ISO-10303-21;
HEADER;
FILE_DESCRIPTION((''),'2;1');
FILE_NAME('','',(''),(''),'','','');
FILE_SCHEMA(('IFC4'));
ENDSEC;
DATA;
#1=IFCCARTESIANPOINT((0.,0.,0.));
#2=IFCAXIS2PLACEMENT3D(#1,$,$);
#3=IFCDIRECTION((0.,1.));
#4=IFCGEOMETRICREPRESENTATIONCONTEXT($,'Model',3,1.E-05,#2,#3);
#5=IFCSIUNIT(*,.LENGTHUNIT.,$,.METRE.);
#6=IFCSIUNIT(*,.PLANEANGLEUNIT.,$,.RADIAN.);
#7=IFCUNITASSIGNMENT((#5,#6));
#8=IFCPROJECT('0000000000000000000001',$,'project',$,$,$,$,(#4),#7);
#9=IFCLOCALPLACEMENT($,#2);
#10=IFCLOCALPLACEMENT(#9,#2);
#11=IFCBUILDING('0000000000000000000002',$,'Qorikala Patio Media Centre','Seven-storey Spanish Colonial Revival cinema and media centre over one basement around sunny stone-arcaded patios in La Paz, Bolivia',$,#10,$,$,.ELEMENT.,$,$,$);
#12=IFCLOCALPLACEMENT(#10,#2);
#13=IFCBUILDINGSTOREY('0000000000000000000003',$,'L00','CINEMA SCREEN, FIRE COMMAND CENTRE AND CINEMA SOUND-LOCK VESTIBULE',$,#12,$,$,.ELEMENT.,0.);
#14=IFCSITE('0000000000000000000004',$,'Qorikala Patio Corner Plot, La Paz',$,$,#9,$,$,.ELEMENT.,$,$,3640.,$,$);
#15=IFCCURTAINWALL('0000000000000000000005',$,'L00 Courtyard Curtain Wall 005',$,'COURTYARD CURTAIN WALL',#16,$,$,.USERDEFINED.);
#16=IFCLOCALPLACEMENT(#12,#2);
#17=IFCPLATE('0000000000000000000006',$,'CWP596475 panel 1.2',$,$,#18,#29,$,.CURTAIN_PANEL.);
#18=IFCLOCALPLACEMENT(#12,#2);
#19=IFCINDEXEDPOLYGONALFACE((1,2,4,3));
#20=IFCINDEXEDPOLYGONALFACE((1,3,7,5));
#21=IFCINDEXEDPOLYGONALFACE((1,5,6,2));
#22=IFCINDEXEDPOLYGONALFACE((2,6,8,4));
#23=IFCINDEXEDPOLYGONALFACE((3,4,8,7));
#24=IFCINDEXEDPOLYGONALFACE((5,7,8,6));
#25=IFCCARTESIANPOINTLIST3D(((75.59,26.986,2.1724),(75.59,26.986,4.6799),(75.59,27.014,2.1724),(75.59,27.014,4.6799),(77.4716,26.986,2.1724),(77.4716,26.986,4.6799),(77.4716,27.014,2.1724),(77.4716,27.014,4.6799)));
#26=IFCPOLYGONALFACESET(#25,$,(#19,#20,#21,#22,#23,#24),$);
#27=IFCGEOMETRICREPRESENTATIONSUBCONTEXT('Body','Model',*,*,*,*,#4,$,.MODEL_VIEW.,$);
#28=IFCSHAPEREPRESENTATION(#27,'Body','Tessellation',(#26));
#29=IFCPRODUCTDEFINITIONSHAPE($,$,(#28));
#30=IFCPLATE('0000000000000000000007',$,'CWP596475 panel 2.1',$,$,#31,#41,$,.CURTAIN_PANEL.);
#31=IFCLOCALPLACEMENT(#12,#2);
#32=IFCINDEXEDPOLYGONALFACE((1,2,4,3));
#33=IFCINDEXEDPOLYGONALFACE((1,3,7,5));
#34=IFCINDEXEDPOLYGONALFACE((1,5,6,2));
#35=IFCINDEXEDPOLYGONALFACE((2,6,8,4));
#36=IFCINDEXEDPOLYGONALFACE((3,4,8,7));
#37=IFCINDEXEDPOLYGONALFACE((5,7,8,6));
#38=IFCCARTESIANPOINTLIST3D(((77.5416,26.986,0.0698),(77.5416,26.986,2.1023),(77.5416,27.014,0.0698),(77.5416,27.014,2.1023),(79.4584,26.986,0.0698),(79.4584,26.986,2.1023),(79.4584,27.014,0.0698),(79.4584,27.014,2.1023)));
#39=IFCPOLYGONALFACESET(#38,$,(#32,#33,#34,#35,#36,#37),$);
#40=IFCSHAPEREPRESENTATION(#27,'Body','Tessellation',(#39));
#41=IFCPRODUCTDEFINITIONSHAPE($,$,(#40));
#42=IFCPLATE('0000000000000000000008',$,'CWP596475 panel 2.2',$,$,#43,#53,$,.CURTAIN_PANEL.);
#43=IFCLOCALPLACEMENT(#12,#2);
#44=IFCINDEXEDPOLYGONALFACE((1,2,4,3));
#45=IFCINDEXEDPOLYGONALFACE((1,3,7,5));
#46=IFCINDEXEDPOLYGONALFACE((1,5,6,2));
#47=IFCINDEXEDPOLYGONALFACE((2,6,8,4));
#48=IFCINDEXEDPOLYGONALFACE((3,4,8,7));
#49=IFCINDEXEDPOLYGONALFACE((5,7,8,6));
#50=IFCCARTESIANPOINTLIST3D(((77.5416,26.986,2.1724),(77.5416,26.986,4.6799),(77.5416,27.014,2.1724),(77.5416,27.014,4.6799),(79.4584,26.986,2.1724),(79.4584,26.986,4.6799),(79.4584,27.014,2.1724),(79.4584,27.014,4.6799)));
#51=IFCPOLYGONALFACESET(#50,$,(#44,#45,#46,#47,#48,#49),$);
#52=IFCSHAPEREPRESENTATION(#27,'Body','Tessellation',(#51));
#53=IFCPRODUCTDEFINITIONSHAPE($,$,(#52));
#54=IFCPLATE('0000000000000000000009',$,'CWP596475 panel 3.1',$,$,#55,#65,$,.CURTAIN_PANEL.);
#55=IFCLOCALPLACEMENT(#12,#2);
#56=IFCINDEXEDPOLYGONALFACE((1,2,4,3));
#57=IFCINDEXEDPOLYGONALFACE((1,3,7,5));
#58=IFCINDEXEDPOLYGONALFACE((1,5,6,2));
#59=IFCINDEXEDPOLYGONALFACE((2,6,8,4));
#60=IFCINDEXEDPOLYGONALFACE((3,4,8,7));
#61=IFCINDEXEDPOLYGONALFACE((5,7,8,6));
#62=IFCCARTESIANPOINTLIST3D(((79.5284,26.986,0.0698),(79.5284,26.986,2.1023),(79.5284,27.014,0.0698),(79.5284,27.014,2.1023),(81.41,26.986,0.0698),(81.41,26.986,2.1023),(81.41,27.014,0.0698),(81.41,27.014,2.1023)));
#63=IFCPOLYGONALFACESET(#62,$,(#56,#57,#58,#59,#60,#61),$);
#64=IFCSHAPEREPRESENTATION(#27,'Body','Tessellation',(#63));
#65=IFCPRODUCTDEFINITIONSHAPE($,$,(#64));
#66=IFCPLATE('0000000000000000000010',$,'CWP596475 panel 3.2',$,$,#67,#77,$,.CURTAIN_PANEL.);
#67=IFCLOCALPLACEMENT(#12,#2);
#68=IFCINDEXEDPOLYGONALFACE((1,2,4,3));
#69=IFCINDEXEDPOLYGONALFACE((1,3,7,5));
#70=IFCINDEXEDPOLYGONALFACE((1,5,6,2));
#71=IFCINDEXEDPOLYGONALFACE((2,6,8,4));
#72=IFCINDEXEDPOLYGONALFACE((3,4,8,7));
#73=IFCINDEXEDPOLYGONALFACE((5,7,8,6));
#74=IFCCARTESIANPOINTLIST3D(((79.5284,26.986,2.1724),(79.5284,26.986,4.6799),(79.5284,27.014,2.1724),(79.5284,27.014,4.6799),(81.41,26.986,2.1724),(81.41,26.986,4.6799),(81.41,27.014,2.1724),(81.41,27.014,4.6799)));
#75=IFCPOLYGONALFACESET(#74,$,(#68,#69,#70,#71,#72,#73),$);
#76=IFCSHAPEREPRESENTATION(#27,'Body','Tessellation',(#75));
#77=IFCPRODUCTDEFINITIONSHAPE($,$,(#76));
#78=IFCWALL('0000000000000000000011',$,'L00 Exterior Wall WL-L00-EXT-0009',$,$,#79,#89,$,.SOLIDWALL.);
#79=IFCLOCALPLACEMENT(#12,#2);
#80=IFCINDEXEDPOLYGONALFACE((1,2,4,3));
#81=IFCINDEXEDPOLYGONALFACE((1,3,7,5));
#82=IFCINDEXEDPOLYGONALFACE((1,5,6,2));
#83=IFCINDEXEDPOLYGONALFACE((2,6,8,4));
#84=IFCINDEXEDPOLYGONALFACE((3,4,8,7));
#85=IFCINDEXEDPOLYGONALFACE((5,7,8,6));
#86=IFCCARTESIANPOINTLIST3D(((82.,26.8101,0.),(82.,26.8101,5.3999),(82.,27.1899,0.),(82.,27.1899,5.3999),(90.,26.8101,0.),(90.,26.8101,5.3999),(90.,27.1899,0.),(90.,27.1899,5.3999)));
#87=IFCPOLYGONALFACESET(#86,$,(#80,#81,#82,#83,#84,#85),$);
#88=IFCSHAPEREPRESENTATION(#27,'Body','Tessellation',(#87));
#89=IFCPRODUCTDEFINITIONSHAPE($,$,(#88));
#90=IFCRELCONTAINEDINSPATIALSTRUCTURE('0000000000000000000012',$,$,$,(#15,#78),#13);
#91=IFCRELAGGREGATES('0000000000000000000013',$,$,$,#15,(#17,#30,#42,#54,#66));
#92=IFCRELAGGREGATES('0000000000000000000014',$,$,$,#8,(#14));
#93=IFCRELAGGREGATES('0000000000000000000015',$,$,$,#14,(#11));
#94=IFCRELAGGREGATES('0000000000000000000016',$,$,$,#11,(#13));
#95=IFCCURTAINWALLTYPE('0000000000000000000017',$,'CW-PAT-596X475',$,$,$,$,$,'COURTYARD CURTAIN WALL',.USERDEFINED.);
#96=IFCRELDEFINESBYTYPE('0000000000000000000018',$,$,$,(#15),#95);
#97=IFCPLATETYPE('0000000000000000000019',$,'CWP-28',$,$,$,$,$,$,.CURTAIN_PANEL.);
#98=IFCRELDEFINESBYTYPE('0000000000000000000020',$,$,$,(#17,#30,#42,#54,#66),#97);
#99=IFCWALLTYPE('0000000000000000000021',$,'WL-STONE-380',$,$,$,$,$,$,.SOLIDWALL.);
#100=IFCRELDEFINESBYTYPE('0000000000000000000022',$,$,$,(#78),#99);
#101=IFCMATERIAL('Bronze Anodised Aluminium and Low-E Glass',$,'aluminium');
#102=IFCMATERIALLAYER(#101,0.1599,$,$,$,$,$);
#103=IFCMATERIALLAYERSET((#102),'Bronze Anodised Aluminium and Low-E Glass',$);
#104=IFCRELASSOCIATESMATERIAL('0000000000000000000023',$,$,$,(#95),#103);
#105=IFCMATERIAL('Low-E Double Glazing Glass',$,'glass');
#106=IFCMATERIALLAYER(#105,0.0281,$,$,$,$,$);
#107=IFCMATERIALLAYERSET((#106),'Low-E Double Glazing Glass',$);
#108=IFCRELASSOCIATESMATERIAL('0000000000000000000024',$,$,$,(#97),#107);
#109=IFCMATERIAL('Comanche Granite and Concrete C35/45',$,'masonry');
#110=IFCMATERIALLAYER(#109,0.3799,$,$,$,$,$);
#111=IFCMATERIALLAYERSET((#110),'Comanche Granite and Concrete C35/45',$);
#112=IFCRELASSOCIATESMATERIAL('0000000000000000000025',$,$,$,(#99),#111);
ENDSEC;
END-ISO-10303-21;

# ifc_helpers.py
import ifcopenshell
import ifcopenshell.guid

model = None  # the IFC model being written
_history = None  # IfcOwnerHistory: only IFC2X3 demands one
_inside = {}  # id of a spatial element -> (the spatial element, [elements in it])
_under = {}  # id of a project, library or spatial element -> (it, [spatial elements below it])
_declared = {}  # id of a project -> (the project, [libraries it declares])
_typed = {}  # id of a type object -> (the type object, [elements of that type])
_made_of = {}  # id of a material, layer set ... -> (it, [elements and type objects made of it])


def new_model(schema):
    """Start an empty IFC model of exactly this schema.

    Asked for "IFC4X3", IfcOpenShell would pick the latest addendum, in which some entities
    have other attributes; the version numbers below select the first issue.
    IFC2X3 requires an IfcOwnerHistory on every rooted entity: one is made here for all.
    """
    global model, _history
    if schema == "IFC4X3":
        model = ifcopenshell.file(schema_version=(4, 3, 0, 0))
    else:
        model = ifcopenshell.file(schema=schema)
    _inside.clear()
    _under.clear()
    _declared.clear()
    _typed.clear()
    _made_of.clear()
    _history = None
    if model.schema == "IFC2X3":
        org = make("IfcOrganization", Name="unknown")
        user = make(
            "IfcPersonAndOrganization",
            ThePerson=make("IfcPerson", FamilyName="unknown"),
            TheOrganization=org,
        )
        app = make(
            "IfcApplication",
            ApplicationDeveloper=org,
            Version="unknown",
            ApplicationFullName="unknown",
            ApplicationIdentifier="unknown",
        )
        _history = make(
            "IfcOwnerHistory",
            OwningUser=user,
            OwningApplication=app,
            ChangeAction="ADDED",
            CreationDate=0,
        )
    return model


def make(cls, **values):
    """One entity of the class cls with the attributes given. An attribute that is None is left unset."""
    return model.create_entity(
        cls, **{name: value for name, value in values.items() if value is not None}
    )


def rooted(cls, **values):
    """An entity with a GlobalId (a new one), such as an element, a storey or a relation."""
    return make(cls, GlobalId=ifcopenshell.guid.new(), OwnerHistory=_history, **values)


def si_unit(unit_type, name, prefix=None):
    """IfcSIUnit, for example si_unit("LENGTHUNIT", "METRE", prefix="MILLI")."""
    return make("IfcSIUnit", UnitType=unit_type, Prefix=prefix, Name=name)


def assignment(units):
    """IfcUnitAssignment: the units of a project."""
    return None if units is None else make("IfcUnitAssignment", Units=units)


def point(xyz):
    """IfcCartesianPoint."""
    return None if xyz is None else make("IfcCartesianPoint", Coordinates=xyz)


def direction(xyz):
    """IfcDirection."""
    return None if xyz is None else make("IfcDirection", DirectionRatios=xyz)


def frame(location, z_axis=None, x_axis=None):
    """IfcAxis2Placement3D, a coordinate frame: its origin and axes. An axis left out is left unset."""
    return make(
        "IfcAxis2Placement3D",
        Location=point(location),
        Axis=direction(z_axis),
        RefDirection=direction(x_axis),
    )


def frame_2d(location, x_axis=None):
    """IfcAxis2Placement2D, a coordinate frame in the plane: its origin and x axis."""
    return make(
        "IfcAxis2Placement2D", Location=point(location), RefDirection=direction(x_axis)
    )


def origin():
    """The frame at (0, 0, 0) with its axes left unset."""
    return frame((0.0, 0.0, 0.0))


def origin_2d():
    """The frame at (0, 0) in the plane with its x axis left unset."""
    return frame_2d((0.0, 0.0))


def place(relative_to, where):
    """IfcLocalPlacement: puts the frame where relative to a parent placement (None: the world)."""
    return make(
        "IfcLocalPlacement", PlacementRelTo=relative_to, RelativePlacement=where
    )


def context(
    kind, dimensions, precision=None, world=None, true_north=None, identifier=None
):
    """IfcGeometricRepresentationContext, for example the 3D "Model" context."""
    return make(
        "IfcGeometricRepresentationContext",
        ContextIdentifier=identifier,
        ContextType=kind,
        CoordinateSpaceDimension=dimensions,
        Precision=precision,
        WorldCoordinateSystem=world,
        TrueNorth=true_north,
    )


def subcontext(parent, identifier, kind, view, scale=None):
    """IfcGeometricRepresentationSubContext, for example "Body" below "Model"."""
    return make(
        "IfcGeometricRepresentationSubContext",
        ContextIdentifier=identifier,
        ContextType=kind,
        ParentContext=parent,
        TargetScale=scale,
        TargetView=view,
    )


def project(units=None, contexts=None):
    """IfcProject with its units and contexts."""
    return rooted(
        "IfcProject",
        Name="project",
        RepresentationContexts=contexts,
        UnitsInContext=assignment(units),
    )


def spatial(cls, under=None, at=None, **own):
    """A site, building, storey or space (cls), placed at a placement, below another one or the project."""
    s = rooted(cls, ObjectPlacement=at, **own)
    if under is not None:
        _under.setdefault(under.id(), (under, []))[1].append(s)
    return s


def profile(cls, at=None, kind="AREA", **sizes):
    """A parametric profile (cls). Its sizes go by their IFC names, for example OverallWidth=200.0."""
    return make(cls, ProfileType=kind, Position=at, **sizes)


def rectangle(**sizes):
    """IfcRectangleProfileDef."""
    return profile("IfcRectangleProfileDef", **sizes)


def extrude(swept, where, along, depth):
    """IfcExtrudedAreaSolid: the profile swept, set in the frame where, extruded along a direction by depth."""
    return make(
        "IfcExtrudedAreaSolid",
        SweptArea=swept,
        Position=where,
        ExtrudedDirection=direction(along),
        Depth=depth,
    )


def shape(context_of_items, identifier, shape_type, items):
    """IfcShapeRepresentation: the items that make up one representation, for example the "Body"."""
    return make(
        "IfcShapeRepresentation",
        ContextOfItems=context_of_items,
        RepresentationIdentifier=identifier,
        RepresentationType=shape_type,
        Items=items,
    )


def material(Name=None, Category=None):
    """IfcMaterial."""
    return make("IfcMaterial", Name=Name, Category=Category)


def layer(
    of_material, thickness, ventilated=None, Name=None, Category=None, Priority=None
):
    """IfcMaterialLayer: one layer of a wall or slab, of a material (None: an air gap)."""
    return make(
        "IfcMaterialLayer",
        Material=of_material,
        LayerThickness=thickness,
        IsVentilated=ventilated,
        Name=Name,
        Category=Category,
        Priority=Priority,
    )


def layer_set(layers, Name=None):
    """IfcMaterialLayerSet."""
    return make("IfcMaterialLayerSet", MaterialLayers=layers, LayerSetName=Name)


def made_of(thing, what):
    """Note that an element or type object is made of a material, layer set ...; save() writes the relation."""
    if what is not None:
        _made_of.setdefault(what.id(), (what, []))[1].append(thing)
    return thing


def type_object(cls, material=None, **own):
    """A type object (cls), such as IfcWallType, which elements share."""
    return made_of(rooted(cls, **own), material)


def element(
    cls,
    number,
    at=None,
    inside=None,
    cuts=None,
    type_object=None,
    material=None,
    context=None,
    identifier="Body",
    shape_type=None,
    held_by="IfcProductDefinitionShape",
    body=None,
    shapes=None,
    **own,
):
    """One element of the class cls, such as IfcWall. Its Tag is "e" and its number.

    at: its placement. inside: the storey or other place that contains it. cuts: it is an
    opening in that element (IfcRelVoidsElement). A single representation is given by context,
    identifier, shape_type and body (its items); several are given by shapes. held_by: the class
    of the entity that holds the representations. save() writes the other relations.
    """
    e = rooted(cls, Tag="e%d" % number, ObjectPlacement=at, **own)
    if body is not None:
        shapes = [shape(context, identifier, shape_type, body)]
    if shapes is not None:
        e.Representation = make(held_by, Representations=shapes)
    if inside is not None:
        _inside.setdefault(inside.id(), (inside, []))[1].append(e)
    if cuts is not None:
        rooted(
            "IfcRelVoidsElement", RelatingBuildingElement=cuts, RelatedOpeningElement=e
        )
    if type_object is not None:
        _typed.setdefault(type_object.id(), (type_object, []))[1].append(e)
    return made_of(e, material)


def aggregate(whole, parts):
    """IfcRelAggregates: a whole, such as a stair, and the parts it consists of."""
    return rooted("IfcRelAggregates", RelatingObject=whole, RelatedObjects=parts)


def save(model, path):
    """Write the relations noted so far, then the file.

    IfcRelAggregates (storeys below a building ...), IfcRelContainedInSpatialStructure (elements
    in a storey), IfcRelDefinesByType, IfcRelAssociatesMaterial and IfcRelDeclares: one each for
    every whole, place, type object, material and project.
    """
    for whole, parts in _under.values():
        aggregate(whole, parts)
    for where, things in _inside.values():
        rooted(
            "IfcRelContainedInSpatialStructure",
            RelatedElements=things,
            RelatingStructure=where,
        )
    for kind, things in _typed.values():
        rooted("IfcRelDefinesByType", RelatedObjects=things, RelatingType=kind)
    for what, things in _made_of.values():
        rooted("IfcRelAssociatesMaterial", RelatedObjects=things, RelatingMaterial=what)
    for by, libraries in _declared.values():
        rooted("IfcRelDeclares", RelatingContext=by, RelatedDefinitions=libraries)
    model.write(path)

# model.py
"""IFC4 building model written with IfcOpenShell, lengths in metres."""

from ifc_helpers import new_model, si_unit, direction, frame, frame_2d, origin, origin_2d, place, context, subcontext, project, spatial, rectangle, extrude, material, layer, layer_set, type_object, element, aggregate, save


model = new_model("IFC4")

# Units and contexts
model_context = context("Model", 3, precision=1e-05, world=origin(), true_north=direction((0.0, 1.0)))
body_context = subcontext(model_context, "Body", "Model", "MODEL_VIEW")
ifc_project = project(units=[si_unit("LENGTHUNIT", "METRE"), si_unit("PLANEANGLEUNIT", "RADIAN")], contexts=[model_context])

# Site, building, storey
site_placement = place(None, origin())
site = spatial("IfcSite", under=ifc_project, at=site_placement, Name="Qorikala Patio Corner Plot, La Paz", CompositionType="ELEMENT", RefElevation=3640.0)
building_placement = place(site_placement, origin())
building = spatial("IfcBuilding", under=site, at=building_placement, Name="Qorikala Patio Media Centre", Description="Seven-storey Spanish Colonial Revival cinema and media centre over one basement around sunny stone-arcaded patios in La Paz, Bolivia", CompositionType="ELEMENT")
storey_placement = place(building_placement, origin())
storey = spatial("IfcBuildingStorey", under=building, at=storey_placement, Name="L00", Description="CINEMA SCREEN, FIRE COMMAND CENTRE AND CINEMA SOUND-LOCK VESTIBULE", CompositionType="ELEMENT", Elevation=0.0)

# Curtain wall
ifc_material_1 = material(Name="Bronze Anodised Aluminium and Low-E Glass", Category="aluminium")
ifc_layer_1 = layer(ifc_material_1, 0.1599)
ifc_layer_set_1 = layer_set([ifc_layer_1], Name="Bronze Anodised Aluminium and Low-E Glass")
curtain_wall_type = type_object("IfcCurtainWallType", Name="CW-PAT-596X475", ElementType="COURTYARD CURTAIN WALL", PredefinedType="USERDEFINED", material=ifc_layer_set_1)
curtain_wall_placement = place(storey_placement, origin())
curtain_wall = element("IfcCurtainWall", 1, at=curtain_wall_placement, inside=storey, type_object=curtain_wall_type, Name="L00 Courtyard Curtain Wall 005", ObjectType="COURTYARD CURTAIN WALL", PredefinedType="USERDEFINED")

# Plates
ifc_material_2 = material(Name="Low-E Double Glazing Glass", Category="glass")
ifc_layer_2 = layer(ifc_material_2, 0.0281)
ifc_layer_set_2 = layer_set([ifc_layer_2], Name="Low-E Double Glazing Glass")
plate_type = type_object("IfcPlateType", Name="CWP-28", PredefinedType="CURTAIN_PANEL", material=ifc_layer_set_2)
plate_1_placement = place(storey_placement, frame((76.5308, 27.0, 2.1724), z_axis=(0.0, 0.0, 1.0), x_axis=(1.0, 0.0, 0.0)))
plate_1 = element("IfcPlate", 2, at=plate_1_placement, type_object=plate_type, Name="CWP596475 panel 1.2", PredefinedType="CURTAIN_PANEL", context=body_context, shape_type="SweptSolid", body=[
    extrude(rectangle(XDim=1.8816, YDim=0.0281, at=origin_2d()), origin(), (0.0, 0.0, 1.0), 2.5076),
])
plate_2_placement = place(storey_placement, frame((78.5, 27.0, 0.0698), z_axis=(0.0, 0.0, 1.0), x_axis=(1.0, 0.0, 0.0)))
plate_2 = element("IfcPlate", 3, at=plate_2_placement, type_object=plate_type, Name="CWP596475 panel 2.1", PredefinedType="CURTAIN_PANEL", context=body_context, shape_type="SweptSolid", body=[
    extrude(rectangle(XDim=1.9167, YDim=0.0281, at=origin_2d()), origin(), (0.0, 0.0, 1.0), 2.0325),
])
plate_3_placement = place(storey_placement, frame((78.5, 27.0, 2.1724), z_axis=(0.0, 0.0, 1.0), x_axis=(1.0, 0.0, 0.0)))
plate_3 = element("IfcPlate", 4, at=plate_3_placement, type_object=plate_type, Name="CWP596475 panel 2.2", PredefinedType="CURTAIN_PANEL", context=body_context, shape_type="SweptSolid", body=[
    extrude(rectangle(XDim=1.9167, YDim=0.0281, at=origin_2d()), origin(), (0.0, 0.0, 1.0), 2.5076),
])
plate_4_placement = place(storey_placement, frame((80.4692, 27.0, 0.0698), z_axis=(0.0, 0.0, 1.0), x_axis=(1.0, 0.0, 0.0)))
plate_4 = element("IfcPlate", 5, at=plate_4_placement, type_object=plate_type, Name="CWP596475 panel 3.1", PredefinedType="CURTAIN_PANEL", context=body_context, shape_type="SweptSolid", body=[
    extrude(rectangle(XDim=1.8816, YDim=0.0281, at=origin_2d()), origin(), (0.0, 0.0, 1.0), 2.0325),
])
plate_5_placement = place(storey_placement, frame((80.4692, 27.0, 2.1724), z_axis=(0.0, 0.0, 1.0), x_axis=(1.0, 0.0, 0.0)))
plate_5 = element("IfcPlate", 6, at=plate_5_placement, type_object=plate_type, Name="CWP596475 panel 3.2", PredefinedType="CURTAIN_PANEL", context=body_context, shape_type="SweptSolid", body=[
    extrude(rectangle(XDim=1.8816, YDim=0.0281, at=origin_2d()), origin(), (0.0, 0.0, 1.0), 2.5076),
])
aggregate(curtain_wall, [plate_1, plate_2, plate_3, plate_4, plate_5])

# Wall
ifc_material_3 = material(Name="Comanche Granite and Concrete C35/45", Category="masonry")
ifc_layer_3 = layer(ifc_material_3, 0.3799)
ifc_layer_set_3 = layer_set([ifc_layer_3], Name="Comanche Granite and Concrete C35/45")
wall_type = type_object("IfcWallType", Name="WL-STONE-380", PredefinedType="SOLIDWALL", material=ifc_layer_set_3)
wall_placement = place(storey_placement, frame((82.0, 27.0, 0.0), z_axis=(0.0, 0.0, 1.0), x_axis=(1.0, 0.0, 0.0)))
element("IfcWall", 7, at=wall_placement, inside=storey, type_object=wall_type, Name="L00 Exterior Wall WL-L00-EXT-0009", PredefinedType="SOLIDWALL", context=body_context, shape_type="SweptSolid", body=[
    extrude(rectangle(XDim=8.0, YDim=0.3799, at=frame_2d((4.0, 0.0))), origin(), (0.0, 0.0, 1.0), 5.3999),
])

save(model, "model.ifc")
